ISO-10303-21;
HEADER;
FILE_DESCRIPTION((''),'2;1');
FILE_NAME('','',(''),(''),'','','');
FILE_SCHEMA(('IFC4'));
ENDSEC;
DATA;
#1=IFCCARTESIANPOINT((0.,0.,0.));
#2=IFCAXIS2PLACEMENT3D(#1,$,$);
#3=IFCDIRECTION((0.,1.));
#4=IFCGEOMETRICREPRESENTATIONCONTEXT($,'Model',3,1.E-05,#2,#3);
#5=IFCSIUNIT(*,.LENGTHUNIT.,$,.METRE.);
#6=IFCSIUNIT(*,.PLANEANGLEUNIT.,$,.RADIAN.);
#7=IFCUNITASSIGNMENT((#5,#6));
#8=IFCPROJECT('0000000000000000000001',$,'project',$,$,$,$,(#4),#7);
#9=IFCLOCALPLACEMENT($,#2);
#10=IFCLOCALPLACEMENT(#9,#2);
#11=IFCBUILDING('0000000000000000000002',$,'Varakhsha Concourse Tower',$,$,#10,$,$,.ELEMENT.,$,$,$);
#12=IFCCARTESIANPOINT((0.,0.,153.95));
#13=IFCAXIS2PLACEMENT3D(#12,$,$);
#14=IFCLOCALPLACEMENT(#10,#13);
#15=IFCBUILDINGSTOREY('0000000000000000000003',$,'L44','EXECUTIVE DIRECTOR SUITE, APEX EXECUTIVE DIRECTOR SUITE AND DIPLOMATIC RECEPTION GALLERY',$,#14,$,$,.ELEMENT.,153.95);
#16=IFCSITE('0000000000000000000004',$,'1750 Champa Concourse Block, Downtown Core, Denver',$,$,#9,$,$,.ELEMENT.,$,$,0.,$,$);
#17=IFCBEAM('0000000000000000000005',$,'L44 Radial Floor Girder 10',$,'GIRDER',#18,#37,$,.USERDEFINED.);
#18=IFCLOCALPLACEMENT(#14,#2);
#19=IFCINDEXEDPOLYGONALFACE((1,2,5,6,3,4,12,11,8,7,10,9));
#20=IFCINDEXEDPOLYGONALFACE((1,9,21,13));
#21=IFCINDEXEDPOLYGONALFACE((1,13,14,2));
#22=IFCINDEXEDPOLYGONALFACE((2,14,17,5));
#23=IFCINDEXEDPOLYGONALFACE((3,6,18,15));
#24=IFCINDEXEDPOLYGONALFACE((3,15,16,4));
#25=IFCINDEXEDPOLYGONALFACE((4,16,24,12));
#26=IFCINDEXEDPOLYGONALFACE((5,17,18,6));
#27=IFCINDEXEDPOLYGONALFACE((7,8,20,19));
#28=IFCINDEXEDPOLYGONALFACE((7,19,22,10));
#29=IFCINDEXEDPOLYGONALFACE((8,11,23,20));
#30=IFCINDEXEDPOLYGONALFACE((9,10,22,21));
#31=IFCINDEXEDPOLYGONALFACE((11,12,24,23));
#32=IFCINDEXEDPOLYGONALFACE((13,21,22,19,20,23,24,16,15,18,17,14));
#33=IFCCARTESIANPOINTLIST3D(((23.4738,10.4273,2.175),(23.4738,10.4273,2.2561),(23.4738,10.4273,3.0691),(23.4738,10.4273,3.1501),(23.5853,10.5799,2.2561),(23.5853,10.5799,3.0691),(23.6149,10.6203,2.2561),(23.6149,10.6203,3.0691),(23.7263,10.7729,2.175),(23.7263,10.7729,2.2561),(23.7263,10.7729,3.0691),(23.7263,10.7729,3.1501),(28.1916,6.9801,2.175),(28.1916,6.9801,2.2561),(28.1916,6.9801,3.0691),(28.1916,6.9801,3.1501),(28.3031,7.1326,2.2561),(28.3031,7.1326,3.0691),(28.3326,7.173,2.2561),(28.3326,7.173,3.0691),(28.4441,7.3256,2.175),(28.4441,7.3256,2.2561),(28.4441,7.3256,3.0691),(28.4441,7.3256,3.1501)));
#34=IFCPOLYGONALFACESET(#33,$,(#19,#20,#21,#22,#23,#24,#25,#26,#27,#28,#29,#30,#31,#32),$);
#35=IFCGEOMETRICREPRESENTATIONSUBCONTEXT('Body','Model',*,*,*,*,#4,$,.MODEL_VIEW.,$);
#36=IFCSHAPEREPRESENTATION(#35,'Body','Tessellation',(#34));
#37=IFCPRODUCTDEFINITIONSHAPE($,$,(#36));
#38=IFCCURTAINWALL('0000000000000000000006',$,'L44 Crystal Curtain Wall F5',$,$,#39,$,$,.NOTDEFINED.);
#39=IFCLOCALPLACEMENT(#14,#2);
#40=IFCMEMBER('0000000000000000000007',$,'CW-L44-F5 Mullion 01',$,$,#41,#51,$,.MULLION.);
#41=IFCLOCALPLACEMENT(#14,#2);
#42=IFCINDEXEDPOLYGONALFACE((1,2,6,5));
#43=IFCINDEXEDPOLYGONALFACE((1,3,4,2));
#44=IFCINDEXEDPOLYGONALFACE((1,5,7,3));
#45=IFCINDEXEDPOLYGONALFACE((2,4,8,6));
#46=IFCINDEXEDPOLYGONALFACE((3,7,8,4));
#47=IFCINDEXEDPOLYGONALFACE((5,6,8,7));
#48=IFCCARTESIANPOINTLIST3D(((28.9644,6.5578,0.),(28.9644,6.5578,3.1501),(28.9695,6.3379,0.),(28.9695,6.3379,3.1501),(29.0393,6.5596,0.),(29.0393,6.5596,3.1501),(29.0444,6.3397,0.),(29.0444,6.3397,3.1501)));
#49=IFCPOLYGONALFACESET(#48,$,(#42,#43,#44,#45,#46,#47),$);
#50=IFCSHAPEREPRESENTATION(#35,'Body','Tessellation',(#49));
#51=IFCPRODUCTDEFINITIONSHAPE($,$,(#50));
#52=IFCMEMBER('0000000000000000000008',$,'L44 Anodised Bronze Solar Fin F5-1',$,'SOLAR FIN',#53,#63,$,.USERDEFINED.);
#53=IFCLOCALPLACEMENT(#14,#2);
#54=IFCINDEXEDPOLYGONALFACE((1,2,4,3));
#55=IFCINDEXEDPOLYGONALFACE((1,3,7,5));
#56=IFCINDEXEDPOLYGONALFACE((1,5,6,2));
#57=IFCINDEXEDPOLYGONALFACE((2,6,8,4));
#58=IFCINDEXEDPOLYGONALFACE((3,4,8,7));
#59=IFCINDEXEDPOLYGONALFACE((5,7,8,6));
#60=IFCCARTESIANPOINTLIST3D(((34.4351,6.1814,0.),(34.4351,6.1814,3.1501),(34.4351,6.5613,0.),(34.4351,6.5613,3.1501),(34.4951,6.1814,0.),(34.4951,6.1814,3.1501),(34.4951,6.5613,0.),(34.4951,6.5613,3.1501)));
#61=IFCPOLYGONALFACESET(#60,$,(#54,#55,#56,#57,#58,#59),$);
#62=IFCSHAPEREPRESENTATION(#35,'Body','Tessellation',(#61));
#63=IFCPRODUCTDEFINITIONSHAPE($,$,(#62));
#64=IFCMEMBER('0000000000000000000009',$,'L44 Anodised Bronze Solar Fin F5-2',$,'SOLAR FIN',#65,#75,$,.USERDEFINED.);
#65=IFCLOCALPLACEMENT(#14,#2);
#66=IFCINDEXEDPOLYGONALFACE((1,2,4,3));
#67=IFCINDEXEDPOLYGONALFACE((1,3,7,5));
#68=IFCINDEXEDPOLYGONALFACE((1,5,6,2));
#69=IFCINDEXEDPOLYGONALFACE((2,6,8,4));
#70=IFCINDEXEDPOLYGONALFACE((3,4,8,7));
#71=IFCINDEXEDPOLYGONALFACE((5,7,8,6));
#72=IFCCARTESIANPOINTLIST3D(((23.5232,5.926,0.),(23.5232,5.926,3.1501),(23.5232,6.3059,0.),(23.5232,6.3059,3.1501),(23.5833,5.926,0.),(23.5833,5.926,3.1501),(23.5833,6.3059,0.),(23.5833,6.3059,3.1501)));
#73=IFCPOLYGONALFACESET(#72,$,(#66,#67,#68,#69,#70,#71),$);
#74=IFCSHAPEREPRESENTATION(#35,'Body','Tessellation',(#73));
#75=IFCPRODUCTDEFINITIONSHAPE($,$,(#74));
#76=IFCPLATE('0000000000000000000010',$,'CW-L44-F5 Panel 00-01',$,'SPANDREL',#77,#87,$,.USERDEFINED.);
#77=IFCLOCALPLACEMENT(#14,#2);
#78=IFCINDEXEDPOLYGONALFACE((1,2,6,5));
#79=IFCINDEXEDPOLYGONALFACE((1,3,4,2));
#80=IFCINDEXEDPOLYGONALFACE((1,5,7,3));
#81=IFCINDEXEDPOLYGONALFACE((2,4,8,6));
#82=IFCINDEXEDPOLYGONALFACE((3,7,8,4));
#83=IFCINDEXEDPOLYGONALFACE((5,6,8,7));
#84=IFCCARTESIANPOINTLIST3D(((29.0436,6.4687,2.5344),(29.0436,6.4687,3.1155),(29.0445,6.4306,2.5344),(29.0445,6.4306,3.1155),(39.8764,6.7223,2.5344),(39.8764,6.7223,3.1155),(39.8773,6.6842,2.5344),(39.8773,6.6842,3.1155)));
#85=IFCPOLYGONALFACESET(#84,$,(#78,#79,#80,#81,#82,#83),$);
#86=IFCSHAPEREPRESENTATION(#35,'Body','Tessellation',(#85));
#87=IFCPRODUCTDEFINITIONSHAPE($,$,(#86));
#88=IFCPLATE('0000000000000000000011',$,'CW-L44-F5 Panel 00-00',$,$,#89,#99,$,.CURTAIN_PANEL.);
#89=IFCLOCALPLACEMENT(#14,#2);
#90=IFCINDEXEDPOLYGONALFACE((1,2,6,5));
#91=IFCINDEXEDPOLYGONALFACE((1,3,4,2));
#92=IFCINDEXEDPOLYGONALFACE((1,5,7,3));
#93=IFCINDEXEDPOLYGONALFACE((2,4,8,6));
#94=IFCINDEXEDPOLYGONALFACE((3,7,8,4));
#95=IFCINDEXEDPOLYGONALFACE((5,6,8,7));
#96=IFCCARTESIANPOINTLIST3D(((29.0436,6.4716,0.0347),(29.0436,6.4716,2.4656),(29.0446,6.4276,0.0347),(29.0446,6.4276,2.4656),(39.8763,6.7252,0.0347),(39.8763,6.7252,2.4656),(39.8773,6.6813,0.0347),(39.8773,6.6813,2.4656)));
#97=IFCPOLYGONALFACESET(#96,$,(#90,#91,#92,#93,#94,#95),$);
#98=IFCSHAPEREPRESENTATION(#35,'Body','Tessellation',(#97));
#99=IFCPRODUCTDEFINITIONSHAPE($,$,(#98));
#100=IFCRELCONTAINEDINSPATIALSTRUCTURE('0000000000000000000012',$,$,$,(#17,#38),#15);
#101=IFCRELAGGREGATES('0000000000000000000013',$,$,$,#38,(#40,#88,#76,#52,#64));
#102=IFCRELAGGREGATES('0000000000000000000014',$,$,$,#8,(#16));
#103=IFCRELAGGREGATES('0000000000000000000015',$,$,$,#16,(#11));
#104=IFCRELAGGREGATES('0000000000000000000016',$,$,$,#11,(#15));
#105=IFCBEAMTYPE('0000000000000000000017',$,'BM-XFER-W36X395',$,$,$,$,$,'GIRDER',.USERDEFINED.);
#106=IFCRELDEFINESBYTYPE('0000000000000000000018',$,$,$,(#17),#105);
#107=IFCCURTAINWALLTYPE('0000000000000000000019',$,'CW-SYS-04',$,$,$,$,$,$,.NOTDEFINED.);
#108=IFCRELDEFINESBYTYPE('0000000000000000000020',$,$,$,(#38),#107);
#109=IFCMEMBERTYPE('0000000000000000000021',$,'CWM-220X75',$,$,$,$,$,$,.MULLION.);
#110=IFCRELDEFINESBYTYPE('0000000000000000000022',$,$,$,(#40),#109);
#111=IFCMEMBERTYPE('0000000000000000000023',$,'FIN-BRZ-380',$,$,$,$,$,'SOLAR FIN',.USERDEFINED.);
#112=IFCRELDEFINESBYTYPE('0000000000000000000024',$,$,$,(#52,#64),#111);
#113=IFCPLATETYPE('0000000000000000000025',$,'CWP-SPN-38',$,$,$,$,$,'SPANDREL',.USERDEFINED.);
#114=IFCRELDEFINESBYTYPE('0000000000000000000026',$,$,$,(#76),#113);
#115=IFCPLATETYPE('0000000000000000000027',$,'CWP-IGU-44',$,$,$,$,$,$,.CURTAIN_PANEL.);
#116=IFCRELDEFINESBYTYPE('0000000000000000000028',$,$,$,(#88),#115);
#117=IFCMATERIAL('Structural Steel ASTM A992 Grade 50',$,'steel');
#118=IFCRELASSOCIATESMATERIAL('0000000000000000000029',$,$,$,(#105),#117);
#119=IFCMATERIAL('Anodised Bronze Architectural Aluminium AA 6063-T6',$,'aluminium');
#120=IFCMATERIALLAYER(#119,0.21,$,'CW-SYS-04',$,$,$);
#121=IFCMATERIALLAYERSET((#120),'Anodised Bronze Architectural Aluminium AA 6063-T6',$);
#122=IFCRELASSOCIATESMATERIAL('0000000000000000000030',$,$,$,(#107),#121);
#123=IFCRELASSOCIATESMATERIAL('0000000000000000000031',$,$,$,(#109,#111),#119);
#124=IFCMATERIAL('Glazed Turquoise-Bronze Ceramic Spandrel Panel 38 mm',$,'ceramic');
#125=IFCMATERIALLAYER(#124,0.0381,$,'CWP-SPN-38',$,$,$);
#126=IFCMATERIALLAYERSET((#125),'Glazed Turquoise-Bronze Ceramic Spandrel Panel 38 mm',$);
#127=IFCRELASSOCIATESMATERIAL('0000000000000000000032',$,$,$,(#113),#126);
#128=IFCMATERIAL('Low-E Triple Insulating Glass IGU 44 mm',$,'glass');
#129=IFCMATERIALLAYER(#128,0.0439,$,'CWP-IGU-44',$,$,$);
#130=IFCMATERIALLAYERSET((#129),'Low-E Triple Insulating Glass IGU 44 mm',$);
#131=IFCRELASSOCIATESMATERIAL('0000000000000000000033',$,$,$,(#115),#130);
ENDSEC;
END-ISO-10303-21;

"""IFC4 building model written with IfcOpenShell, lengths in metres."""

from ifc_helpers import new_model, si_unit, direction, frame, origin, origin_2d, place, context, subcontext, project, spatial, rectangle, i_section, extrude, source, transform, mapped, material, layer, layer_set, material_profile, profile_set, type_object, type_shapes, element, aggregate, save


model = new_model("IFC4")

# Units and contexts
model_context = context("Model", 3, precision=1e-05, world=origin(), true_north=direction((0.0, 1.0)))
body_context = subcontext(model_context, "Body", "Model", "MODEL_VIEW")
ifc_project = project(units=[si_unit("LENGTHUNIT", "METRE"), si_unit("PLANEANGLEUNIT", "RADIAN")], contexts=[model_context])

# Site, building, storey
site_placement = place(None, origin())
site = spatial("IfcSite", under=ifc_project, at=site_placement, Name="1750 Champa Concourse Block, Downtown Core, Denver", CompositionType="ELEMENT", RefElevation=0.0)
building_placement = place(site_placement, origin())
building = spatial("IfcBuilding", under=site, at=building_placement, Name="Varakhsha Concourse Tower", CompositionType="ELEMENT")
storey_placement = place(building_placement, frame((0.0, 0.0, 153.95)))
storey = spatial("IfcBuildingStorey", under=building, at=storey_placement, Name="L44", Description="EXECUTIVE DIRECTOR SUITE, APEX EXECUTIVE DIRECTOR SUITE AND DIPLOMATIC RECEPTION GALLERY", CompositionType="ELEMENT", Elevation=153.95)

# Shared definitions
ifc_material_1 = material(Name="Structural Steel ASTM A992 Grade 50", Category="steel")

# Beam
ifc_material_profile_1 = material_profile(ifc_material_1, i_section(OverallWidth=0.428, OverallDepth=0.9751, WebThickness=0.05, FlangeThickness=0.0811, at=origin_2d()), Name="W36X395")
ifc_profile_set_1 = profile_set([ifc_material_profile_1], Name="Structural Steel ASTM A992 Grade 50")
beam_type_1 = type_object("IfcBeamType", Name="BM-XFER-W36X395", ElementType="GIRDER", PredefinedType="USERDEFINED", material=ifc_profile_set_1)
beam_1_placement = place(storey_placement, frame((23.6001, 10.6001, 2.6626), z_axis=(0.807419, -0.589979, 0.0), x_axis=(0.589979, 0.807419, 0.0)))
element("IfcBeam", 1, at=beam_1_placement, inside=storey, type_object=beam_type_1, Name="L44 Radial Floor Girder 10", ObjectType="GIRDER", PredefinedType="USERDEFINED", context=body_context, shape_type="SweptSolid", body=[
    extrude(i_section(OverallWidth=0.428, OverallDepth=0.9751, WebThickness=0.05, FlangeThickness=0.0811, at=origin_2d()), origin(), (0.0, 0.0, 1.0), 5.843),
])

# Curtain wall, members, plates
ifc_material_2 = material(Name="Anodised Bronze Architectural Aluminium AA 6063-T6", Category="aluminium")
ifc_layer_1 = layer(ifc_material_2, 0.21, Name="CW-SYS-04")
ifc_layer_set_1 = layer_set([ifc_layer_1], Name="Anodised Bronze Architectural Aluminium AA 6063-T6")
curtain_wall_type = type_object("IfcCurtainWallType", Name="CW-SYS-04", PredefinedType="NOTDEFINED", material=ifc_layer_set_1)
curtain_wall_placement = place(storey_placement, origin())
curtain_wall = element("IfcCurtainWall", 2, at=curtain_wall_placement, inside=storey, type_object=curtain_wall_type, Name="L44 Crystal Curtain Wall F5", PredefinedType="NOTDEFINED")
ifc_material_profile_2 = material_profile(ifc_material_2, rectangle(XDim=0.075, YDim=0.22, at=origin_2d()), Name="CWM-220X75")
ifc_profile_set_2 = profile_set([ifc_material_profile_2], Name="Anodised Bronze Architectural Aluminium AA 6063-T6")
member_type_1 = type_object("IfcMemberType", Name="CWM-220X75", PredefinedType="MULLION", material=ifc_profile_set_2)
shared_shape_1 = source(origin(), body_context, "Body", "SweptSolid", [
    extrude(rectangle(XDim=0.075, YDim=0.22, at=origin_2d()), origin(), (0.0, 0.0, 1.0), 3.1501),
])
type_shapes(member_type_1, [shared_shape_1])
member_1_placement = place(storey_placement, frame((29.0044, 6.4487, 0.0), z_axis=(0.0, 0.0, 1.0), x_axis=(-0.999726, -0.023404, 0.0)))
member_1 = element("IfcMember", 3, at=member_1_placement, type_object=member_type_1, Name="CW-L44-F5 Mullion 01", PredefinedType="MULLION", context=body_context, shape_type="MappedRepresentation", body=[
    mapped(shared_shape_1, transform((0.0, 0.0, 0.0), scale=1.0)),
])
ifc_material_profile_3 = material_profile(ifc_material_2, rectangle(XDim=0.0601, YDim=0.3799, at=origin_2d()), Name="FIN-BRZ-380")
ifc_profile_set_3 = profile_set([ifc_material_profile_3], Name="Anodised Bronze Architectural Aluminium AA 6063-T6")
member_type_2 = type_object("IfcMemberType", Name="FIN-BRZ-380", ElementType="SOLAR FIN", PredefinedType="USERDEFINED", material=ifc_profile_set_3)
shared_shape_2 = source(origin(), body_context, "Body", "SweptSolid", [
    extrude(rectangle(XDim=0.0601, YDim=0.3799, at=origin_2d()), origin(), (0.0, 0.0, 1.0), 3.1501),
])
type_shapes(member_type_2, [shared_shape_2])
member_2_placement = place(storey_placement, frame((34.4651, 6.3713, 0.0), z_axis=(0.0, 0.0, 1.0), x_axis=(1.0, 0.0, 0.0)))
member_2 = element("IfcMember", 4, at=member_2_placement, type_object=member_type_2, Name="L44 Anodised Bronze Solar Fin F5-1", ObjectType="SOLAR FIN", PredefinedType="USERDEFINED", context=body_context, shape_type="MappedRepresentation", body=[
    mapped(shared_shape_2, transform((0.0, 0.0, 0.0), scale=1.0)),
])
member_3_placement = place(storey_placement, frame((23.5532, 6.116, 0.0), z_axis=(0.0, 0.0, 1.0), x_axis=(1.0, 0.0, 0.0)))
member_3 = element("IfcMember", 5, at=member_3_placement, type_object=member_type_2, Name="L44 Anodised Bronze Solar Fin F5-2", ObjectType="SOLAR FIN", PredefinedType="USERDEFINED", context=body_context, shape_type="MappedRepresentation", body=[
    mapped(shared_shape_2, transform((0.0, 0.0, 0.0), scale=1.0)),
])
ifc_material_3 = material(Name="Glazed Turquoise-Bronze Ceramic Spandrel Panel 38 mm", Category="ceramic")
ifc_layer_2 = layer(ifc_material_3, 0.0381, Name="CWP-SPN-38")
ifc_layer_set_2 = layer_set([ifc_layer_2], Name="Glazed Turquoise-Bronze Ceramic Spandrel Panel 38 mm")
plate_type_1 = type_object("IfcPlateType", Name="CWP-SPN-38", ElementType="SPANDREL", PredefinedType="USERDEFINED", material=ifc_layer_set_2)
shared_shape_3 = source(origin(), body_context, "Body", "SweptSolid", [
    extrude(rectangle(XDim=10.8357, YDim=0.0381, at=origin_2d()), origin(), (0.0, 0.0, 1.0), 0.5811),
])
type_shapes(plate_type_1, [shared_shape_3])
plate_1_placement = place(storey_placement, frame((34.4604, 6.5764, 2.5344), z_axis=(0.0, 0.0, 1.0), x_axis=(-0.999726, -0.023404, 0.0)))
plate_1 = element("IfcPlate", 6, at=plate_1_placement, type_object=plate_type_1, Name="CW-L44-F5 Panel 00-01", ObjectType="SPANDREL", PredefinedType="USERDEFINED", context=body_context, shape_type="MappedRepresentation", body=[
    mapped(shared_shape_3, transform((0.0, 0.0, 0.0), scale=1.0)),
])
ifc_material_4 = material(Name="Low-E Triple Insulating Glass IGU 44 mm", Category="glass")
ifc_layer_3 = layer(ifc_material_4, 0.0439, Name="CWP-IGU-44")
ifc_layer_set_3 = layer_set([ifc_layer_3], Name="Low-E Triple Insulating Glass IGU 44 mm")
plate_type_2 = type_object("IfcPlateType", Name="CWP-IGU-44", PredefinedType="CURTAIN_PANEL", material=ifc_layer_set_3)
shared_shape_4 = source(origin(), body_context, "Body", "SweptSolid", [
    extrude(rectangle(XDim=10.8357, YDim=0.0439, at=origin_2d()), origin(), (0.0, 0.0, 1.0), 2.4309),
])
type_shapes(plate_type_2, [shared_shape_4])
plate_2_placement = place(storey_placement, frame((34.4604, 6.5764, 0.0347), z_axis=(0.0, 0.0, 1.0), x_axis=(-0.999726, -0.023404, 0.0)))
plate_2 = element("IfcPlate", 7, at=plate_2_placement, type_object=plate_type_2, Name="CW-L44-F5 Panel 00-00", PredefinedType="CURTAIN_PANEL", context=body_context, shape_type="MappedRepresentation", body=[
    mapped(shared_shape_4, transform((0.0, 0.0, 0.0), scale=1.0)),
])
aggregate(curtain_wall, [member_1, plate_2, plate_1, member_2, member_3])

save(model, "model.ifc")
